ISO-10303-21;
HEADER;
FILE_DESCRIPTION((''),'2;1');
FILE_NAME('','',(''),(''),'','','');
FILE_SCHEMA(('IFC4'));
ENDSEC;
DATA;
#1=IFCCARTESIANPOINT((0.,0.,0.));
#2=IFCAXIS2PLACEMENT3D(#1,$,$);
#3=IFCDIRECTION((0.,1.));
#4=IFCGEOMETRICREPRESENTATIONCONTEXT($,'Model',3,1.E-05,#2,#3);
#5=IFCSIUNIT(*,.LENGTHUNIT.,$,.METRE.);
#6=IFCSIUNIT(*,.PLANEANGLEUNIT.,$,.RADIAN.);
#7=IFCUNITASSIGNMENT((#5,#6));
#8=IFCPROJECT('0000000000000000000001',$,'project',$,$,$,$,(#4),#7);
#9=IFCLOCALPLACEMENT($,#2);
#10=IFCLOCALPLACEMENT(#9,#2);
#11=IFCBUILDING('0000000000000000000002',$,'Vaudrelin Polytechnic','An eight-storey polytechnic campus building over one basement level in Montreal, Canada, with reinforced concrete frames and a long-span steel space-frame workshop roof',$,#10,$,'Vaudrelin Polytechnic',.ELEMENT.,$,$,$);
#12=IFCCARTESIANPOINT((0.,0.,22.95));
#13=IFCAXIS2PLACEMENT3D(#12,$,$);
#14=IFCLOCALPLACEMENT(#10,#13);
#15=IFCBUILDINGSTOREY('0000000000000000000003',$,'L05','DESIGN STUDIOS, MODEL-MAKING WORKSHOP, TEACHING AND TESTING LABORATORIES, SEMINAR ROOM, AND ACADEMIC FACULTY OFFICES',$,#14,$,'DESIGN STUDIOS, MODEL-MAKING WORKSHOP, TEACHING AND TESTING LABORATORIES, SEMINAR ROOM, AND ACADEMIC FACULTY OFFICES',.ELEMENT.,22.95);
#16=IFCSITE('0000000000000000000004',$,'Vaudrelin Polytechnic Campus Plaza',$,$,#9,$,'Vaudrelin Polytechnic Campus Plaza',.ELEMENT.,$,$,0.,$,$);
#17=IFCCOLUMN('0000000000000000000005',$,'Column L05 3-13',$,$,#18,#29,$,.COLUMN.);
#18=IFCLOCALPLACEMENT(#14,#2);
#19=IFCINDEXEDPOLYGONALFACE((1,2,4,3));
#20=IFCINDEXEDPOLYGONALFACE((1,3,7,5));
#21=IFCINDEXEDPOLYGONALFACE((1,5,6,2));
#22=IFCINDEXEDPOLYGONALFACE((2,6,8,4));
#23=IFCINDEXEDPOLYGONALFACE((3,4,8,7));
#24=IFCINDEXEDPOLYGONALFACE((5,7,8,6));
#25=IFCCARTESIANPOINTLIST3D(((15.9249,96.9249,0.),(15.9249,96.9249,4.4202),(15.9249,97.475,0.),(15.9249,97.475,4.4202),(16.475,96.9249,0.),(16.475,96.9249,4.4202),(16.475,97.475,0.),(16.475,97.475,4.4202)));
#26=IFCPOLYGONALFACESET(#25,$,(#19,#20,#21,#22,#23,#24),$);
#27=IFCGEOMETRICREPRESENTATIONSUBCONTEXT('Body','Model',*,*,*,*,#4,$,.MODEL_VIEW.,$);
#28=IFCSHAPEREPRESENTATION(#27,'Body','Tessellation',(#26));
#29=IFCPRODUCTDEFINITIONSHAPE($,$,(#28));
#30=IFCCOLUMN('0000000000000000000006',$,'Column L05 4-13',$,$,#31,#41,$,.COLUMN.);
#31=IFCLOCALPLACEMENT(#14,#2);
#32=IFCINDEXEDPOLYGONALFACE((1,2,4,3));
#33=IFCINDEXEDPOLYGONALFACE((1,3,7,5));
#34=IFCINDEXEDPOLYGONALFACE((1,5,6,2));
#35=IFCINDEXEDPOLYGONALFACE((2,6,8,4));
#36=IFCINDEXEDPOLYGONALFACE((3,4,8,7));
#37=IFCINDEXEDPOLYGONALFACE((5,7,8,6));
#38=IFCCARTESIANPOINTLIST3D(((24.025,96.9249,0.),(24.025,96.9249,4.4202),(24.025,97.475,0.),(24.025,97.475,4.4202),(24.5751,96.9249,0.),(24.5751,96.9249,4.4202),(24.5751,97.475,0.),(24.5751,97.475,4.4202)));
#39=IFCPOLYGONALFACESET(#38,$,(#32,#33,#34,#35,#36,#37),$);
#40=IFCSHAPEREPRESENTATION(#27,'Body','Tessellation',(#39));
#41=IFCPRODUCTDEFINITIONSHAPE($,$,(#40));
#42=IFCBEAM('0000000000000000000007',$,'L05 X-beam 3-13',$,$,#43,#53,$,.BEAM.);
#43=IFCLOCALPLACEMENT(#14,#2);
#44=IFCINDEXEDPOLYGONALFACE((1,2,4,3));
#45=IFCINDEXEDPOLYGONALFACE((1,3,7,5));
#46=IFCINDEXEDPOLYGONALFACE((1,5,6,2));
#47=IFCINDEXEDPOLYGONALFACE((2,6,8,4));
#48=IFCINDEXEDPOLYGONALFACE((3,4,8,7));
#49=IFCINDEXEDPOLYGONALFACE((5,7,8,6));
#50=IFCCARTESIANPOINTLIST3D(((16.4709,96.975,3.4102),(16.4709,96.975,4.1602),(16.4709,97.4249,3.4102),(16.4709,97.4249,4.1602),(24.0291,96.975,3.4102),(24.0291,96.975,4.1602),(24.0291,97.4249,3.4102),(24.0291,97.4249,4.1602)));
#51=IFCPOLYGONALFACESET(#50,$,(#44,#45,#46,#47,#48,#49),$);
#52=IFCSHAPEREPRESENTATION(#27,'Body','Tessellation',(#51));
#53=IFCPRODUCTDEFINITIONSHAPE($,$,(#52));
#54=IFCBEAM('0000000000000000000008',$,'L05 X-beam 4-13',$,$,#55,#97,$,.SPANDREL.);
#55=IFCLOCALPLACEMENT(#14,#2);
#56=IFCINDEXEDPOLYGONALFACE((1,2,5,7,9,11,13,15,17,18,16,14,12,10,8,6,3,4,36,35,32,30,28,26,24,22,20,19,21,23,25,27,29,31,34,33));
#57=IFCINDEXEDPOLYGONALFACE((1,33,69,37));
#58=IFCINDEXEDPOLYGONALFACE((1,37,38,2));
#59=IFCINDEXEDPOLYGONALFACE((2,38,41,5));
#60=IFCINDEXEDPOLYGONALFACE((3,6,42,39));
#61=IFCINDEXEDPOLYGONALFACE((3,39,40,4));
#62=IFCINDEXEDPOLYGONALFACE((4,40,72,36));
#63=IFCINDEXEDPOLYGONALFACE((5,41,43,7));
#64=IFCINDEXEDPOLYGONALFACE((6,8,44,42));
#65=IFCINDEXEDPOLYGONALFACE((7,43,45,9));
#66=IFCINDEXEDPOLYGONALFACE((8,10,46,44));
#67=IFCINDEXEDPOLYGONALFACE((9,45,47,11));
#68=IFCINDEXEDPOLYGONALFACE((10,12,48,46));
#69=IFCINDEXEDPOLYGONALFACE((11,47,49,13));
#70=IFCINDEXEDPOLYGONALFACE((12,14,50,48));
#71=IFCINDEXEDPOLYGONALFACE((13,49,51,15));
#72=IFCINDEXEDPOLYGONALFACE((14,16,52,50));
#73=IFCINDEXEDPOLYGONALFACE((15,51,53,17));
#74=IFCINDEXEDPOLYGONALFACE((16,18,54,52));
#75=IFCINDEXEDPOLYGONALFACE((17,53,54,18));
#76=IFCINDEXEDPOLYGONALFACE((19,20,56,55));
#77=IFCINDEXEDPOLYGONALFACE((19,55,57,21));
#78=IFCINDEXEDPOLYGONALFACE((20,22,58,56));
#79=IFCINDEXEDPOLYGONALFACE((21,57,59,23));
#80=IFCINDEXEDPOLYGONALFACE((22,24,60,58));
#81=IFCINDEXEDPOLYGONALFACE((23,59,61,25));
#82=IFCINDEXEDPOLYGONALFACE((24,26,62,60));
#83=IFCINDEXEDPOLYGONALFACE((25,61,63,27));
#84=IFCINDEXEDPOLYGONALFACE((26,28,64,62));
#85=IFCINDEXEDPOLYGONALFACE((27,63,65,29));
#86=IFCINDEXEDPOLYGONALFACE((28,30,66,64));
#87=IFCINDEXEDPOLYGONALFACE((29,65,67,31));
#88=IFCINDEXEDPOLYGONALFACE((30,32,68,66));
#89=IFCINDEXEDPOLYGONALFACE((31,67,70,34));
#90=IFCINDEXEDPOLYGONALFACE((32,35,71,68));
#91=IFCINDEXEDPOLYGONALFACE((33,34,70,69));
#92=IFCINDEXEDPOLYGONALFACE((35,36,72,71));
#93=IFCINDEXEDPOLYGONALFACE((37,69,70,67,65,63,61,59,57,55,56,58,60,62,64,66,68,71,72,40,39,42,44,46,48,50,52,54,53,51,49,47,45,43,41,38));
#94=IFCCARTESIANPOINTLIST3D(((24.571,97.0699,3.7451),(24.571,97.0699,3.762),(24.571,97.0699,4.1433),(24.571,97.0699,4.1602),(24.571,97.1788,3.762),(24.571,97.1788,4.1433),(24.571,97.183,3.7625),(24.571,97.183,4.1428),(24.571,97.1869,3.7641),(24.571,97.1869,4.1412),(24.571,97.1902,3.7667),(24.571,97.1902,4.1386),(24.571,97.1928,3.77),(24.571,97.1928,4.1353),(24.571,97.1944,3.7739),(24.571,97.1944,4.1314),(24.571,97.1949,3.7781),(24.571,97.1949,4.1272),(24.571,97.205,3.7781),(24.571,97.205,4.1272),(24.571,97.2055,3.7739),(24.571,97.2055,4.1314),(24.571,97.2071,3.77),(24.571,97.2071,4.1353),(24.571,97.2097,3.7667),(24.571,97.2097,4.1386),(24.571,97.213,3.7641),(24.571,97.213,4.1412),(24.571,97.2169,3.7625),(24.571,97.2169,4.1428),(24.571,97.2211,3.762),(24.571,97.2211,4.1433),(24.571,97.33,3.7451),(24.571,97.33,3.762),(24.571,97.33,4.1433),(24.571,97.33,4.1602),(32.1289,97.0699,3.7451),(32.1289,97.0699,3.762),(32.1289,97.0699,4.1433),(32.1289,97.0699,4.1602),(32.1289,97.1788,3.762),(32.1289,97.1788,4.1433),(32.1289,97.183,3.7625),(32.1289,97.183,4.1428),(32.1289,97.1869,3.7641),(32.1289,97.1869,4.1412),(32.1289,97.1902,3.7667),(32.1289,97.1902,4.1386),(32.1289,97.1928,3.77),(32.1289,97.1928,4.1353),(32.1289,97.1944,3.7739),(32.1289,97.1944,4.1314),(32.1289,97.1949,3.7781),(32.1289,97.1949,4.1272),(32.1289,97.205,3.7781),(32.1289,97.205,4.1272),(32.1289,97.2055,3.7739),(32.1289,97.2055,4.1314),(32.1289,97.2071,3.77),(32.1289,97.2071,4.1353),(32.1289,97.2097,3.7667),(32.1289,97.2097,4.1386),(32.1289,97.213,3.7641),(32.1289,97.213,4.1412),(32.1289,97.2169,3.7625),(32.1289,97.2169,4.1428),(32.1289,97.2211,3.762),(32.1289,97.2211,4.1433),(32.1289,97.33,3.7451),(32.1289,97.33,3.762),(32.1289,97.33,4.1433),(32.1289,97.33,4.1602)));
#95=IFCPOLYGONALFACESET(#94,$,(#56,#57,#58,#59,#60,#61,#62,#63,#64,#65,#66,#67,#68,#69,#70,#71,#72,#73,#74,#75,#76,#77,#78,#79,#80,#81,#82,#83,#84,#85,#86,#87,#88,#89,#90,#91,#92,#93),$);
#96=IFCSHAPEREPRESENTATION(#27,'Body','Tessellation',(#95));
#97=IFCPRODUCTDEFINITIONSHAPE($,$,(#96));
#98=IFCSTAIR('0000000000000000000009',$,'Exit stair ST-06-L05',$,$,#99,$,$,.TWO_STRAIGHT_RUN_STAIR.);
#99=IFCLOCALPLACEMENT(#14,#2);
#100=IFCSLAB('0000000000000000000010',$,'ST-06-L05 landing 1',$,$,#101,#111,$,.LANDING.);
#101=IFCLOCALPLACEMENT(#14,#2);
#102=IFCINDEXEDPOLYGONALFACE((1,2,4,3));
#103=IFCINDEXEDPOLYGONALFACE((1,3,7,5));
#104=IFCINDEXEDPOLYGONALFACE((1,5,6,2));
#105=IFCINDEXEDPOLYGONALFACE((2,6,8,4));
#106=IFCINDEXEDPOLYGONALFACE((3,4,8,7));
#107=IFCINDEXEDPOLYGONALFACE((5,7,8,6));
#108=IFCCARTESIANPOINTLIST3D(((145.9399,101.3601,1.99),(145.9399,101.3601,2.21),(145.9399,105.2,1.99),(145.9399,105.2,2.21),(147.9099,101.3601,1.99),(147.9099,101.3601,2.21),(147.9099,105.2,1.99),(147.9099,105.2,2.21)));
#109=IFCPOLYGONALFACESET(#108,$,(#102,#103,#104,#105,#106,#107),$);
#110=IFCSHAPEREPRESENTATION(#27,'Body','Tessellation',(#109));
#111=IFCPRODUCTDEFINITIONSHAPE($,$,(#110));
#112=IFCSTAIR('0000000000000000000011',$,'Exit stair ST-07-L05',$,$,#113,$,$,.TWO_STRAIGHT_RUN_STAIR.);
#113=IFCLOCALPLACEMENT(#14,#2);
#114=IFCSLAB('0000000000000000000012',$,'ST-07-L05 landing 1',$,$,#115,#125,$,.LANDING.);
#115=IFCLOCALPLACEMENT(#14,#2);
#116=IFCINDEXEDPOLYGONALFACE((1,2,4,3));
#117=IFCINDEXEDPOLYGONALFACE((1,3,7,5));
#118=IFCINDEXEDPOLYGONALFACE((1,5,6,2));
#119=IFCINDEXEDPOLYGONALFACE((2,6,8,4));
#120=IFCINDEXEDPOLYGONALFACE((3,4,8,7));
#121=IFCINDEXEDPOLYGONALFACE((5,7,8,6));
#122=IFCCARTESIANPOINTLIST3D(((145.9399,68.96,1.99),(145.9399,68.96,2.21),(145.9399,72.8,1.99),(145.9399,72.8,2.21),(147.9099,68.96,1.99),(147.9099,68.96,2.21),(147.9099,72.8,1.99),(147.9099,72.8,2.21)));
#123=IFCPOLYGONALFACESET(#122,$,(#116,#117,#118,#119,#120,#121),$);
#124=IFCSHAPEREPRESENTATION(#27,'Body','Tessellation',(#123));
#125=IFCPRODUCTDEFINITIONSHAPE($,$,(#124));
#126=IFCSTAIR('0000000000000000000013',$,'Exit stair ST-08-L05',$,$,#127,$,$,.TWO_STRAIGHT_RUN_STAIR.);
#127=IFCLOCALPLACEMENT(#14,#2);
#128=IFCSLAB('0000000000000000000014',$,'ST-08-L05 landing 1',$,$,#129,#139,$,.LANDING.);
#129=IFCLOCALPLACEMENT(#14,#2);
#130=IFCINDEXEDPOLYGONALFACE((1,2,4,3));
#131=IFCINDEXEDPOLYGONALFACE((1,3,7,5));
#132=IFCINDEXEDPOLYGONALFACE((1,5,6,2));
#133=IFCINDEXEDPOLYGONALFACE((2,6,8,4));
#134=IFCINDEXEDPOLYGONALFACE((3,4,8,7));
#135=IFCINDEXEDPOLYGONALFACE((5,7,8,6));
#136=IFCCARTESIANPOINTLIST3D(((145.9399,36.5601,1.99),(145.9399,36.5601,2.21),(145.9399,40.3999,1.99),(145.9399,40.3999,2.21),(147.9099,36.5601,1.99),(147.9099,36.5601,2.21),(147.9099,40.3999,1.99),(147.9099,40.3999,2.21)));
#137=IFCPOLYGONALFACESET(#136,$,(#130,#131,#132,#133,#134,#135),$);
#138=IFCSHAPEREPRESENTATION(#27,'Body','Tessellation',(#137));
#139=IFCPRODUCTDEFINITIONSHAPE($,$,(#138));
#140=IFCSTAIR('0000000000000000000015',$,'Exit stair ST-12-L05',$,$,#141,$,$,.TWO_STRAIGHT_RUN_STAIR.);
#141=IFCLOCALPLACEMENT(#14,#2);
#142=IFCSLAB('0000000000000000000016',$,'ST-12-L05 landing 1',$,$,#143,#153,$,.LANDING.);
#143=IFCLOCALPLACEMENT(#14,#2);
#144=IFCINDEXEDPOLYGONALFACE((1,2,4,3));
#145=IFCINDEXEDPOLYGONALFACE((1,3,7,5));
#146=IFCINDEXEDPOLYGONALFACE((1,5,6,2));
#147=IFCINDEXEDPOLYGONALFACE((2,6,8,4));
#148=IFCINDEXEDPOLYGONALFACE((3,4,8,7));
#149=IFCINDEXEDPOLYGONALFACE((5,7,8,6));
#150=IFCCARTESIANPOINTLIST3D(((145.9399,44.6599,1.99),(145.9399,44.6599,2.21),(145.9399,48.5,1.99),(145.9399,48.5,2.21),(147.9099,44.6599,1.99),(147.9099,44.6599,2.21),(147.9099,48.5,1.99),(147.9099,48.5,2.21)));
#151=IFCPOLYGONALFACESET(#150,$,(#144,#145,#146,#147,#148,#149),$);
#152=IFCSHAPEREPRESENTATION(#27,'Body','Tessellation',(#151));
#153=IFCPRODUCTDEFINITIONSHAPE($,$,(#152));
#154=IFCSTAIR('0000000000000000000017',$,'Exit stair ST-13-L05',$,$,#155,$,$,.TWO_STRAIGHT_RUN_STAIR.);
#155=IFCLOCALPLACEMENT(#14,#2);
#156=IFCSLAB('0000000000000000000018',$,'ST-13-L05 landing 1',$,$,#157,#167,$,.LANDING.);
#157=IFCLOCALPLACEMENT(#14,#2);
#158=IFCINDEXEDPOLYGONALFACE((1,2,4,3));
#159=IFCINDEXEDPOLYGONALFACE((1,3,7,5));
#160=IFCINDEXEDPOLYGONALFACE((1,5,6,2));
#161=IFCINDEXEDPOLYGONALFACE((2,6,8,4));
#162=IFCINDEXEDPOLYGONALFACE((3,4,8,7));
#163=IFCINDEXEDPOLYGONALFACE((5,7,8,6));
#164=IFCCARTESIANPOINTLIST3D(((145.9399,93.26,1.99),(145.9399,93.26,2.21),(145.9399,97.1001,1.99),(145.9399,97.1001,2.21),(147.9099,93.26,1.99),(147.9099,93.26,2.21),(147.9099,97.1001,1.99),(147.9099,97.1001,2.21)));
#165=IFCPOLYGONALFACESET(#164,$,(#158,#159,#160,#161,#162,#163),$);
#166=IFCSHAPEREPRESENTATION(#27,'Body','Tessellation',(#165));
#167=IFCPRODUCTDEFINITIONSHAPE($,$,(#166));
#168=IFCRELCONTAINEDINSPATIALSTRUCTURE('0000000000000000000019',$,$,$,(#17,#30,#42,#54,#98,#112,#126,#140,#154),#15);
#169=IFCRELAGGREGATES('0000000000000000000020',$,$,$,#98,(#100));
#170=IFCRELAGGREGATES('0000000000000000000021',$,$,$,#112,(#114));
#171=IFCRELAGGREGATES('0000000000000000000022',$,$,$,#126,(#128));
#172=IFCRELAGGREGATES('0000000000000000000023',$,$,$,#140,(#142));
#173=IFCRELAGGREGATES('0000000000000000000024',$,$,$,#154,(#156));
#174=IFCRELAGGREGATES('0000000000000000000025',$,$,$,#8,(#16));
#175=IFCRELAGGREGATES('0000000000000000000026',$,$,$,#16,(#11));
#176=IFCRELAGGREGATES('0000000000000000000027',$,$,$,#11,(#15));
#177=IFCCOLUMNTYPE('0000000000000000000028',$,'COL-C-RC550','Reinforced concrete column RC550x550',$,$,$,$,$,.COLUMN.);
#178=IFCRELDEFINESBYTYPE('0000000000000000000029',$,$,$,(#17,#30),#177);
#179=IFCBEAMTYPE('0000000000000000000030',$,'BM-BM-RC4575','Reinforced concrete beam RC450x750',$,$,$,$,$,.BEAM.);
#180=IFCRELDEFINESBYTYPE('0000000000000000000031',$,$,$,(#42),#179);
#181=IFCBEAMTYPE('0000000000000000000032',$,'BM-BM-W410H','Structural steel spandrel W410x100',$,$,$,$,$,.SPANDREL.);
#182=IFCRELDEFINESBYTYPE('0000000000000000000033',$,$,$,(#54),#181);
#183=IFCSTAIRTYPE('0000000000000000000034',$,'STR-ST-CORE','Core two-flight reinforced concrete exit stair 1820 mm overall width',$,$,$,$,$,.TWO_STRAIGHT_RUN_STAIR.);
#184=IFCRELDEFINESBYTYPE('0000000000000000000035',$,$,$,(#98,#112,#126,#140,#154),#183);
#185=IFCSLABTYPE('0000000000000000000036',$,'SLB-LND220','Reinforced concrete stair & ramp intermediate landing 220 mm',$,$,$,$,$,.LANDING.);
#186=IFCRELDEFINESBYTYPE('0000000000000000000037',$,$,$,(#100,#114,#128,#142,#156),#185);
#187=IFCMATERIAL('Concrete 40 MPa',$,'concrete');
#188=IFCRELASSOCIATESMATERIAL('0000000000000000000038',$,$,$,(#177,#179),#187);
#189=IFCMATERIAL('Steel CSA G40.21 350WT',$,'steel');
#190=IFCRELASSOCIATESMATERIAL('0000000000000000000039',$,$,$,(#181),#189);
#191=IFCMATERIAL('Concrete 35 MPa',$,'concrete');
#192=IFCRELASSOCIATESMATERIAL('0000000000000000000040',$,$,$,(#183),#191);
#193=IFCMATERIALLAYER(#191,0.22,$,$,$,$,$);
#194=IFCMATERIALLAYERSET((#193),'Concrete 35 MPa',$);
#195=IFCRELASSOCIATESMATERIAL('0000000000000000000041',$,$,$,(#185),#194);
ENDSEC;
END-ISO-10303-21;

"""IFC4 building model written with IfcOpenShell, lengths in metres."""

from ifc_helpers import new_model, si_unit, direction, frame, origin, origin_2d, place, context, subcontext, project, spatial, polyline, rectangle, i_section, outline, extrude, material, layer, layer_set, material_profile, profile_set, type_object, element, aggregate, save


model = new_model("IFC4")

# Units and contexts
model_context = context("Model", 3, precision=1e-05, world=origin(), true_north=direction((0.0, 1.0)))
body_context = subcontext(model_context, "Body", "Model", "MODEL_VIEW")
ifc_project = project(units=[si_unit("LENGTHUNIT", "METRE"), si_unit("PLANEANGLEUNIT", "RADIAN")], contexts=[model_context])

# Site, building, storey
site_placement = place(None, origin())
site = spatial("IfcSite", under=ifc_project, at=site_placement, Name="Vaudrelin Polytechnic Campus Plaza", LongName="Vaudrelin Polytechnic Campus Plaza", CompositionType="ELEMENT", RefElevation=0.0)
building_placement = place(site_placement, origin())
building = spatial("IfcBuilding", under=site, at=building_placement, Name="Vaudrelin Polytechnic", Description="An eight-storey polytechnic campus building over one basement level in Montreal, Canada, with reinforced concrete frames and a long-span steel space-frame workshop roof", LongName="Vaudrelin Polytechnic", CompositionType="ELEMENT")
storey_placement = place(building_placement, frame((0.0, 0.0, 22.95)))
storey = spatial("IfcBuildingStorey", under=building, at=storey_placement, Name="L05", Description="DESIGN STUDIOS, MODEL-MAKING WORKSHOP, TEACHING AND TESTING LABORATORIES, SEMINAR ROOM, AND ACADEMIC FACULTY OFFICES", LongName="DESIGN STUDIOS, MODEL-MAKING WORKSHOP, TEACHING AND TESTING LABORATORIES, SEMINAR ROOM, AND ACADEMIC FACULTY OFFICES", CompositionType="ELEMENT", Elevation=22.95)

# Columns
ifc_material_1 = material(Name="Concrete 40 MPa", Category="concrete")
ifc_material_profile_1 = material_profile(ifc_material_1, rectangle(XDim=0.55, YDim=0.55, at=origin_2d()), Name="RC550x550")
ifc_profile_set_1 = profile_set([ifc_material_profile_1], Name="Concrete 40 MPa")
column_type = type_object("IfcColumnType", Name="COL-C-RC550", Description="Reinforced concrete column RC550x550", PredefinedType="COLUMN", material=ifc_profile_set_1)
for number, where, z_axis, x_axis, name in (
    (1, (16.2, 97.2, 0.0), (0.0, 0.0, 1.0), (1.0, 0.0, 0.0), "Column L05 3-13"),
    (2, (24.3, 97.2, 0.0), (0.0, 0.0, 1.0), (1.0, 0.0, 0.0), "Column L05 4-13"),
):
    element("IfcColumn", number, at=place(storey_placement, frame(where, z_axis=z_axis, x_axis=x_axis)), inside=storey, type_object=column_type, Name=name, PredefinedType="COLUMN", context=body_context, shape_type="SweptSolid", body=[
        extrude(rectangle(XDim=0.55, YDim=0.55, at=origin_2d()), origin(), (0.0, 0.0, 1.0), 4.4202),
    ])

# Beams
ifc_material_profile_2 = material_profile(ifc_material_1, rectangle(XDim=0.45, YDim=0.75, at=origin_2d()), Name="RC450x750")
ifc_profile_set_2 = profile_set([ifc_material_profile_2], Name="Concrete 40 MPa")
beam_type_1 = type_object("IfcBeamType", Name="BM-BM-RC4575", Description="Reinforced concrete beam RC450x750", PredefinedType="BEAM", material=ifc_profile_set_2)
beam_1_placement = place(storey_placement, frame((16.4709, 97.2, 3.7852), z_axis=(1.0, 0.0, 0.0), x_axis=(0.0, 1.0, 0.0)))
element("IfcBeam", 3, at=beam_1_placement, inside=storey, type_object=beam_type_1, Name="L05 X-beam 3-13", PredefinedType="BEAM", context=body_context, shape_type="SweptSolid", body=[
    extrude(rectangle(XDim=0.45, YDim=0.75, at=origin_2d()), origin(), (0.0, 0.0, 1.0), 7.5581),
])
ifc_material_2 = material(Name="Steel CSA G40.21 350WT", Category="steel")
ifc_material_profile_3 = material_profile(ifc_material_2, i_section(OverallWidth=0.26, OverallDepth=0.415, WebThickness=0.01, FlangeThickness=0.0168, FilletRadius=0.0161, at=origin_2d()), Name="W410x100")
ifc_profile_set_3 = profile_set([ifc_material_profile_3], Name="Steel CSA G40.21 350WT")
beam_type_2 = type_object("IfcBeamType", Name="BM-BM-W410H", Description="Structural steel spandrel W410x100", PredefinedType="SPANDREL", material=ifc_profile_set_3)
beam_2_placement = place(storey_placement, frame((24.571, 97.2, 3.9526), z_axis=(1.0, 0.0, 0.0), x_axis=(0.0, 1.0, 0.0)))
element("IfcBeam", 4, at=beam_2_placement, inside=storey, type_object=beam_type_2, Name="L05 X-beam 4-13", PredefinedType="SPANDREL", context=body_context, shape_type="SweptSolid", body=[
    extrude(i_section(OverallWidth=0.26, OverallDepth=0.415, WebThickness=0.01, FlangeThickness=0.0168, FilletRadius=0.0161, at=origin_2d()), origin(), (0.0, 0.0, 1.0), 7.5579),
])

# Stairs, slabs
ifc_material_3 = material(Name="Concrete 35 MPa", Category="concrete")
stair_type = type_object("IfcStairType", Name="STR-ST-CORE", Description="Core two-flight reinforced concrete exit stair 1820 mm overall width", PredefinedType="TWO_STRAIGHT_RUN_STAIR", material=ifc_material_3)
stair_1_placement = place(storey_placement, origin())
stair_1 = element("IfcStair", 5, at=stair_1_placement, inside=storey, type_object=stair_type, Name="Exit stair ST-06-L05", PredefinedType="TWO_STRAIGHT_RUN_STAIR")
ifc_layer_1 = layer(ifc_material_3, 0.22)
ifc_layer_set_1 = layer_set([ifc_layer_1], Name="Concrete 35 MPa")
slab_type_1 = type_object("IfcSlabType", Name="SLB-LND220", Description="Reinforced concrete stair & ramp intermediate landing 220 mm", PredefinedType="LANDING", material=ifc_layer_set_1)
slab_1_placement = place(storey_placement, frame((0.0, 0.0, 1.99)))
slab_1 = element("IfcSlab", 6, at=slab_1_placement, type_object=slab_type_1, Name="ST-06-L05 landing 1", PredefinedType="LANDING", context=body_context, shape_type="SweptSolid", body=[
    extrude(outline(polyline([(145.9399, 101.3601), (147.9099, 101.3601), (147.9099, 105.2), (145.9399, 105.2), (145.9399, 101.3601)])), origin(), (0.0, 0.0, 1.0), 0.22),
])
aggregate(stair_1, [slab_1])
stair_2_placement = place(storey_placement, origin())
stair_2 = element("IfcStair", 7, at=stair_2_placement, inside=storey, type_object=stair_type, Name="Exit stair ST-07-L05", PredefinedType="TWO_STRAIGHT_RUN_STAIR")
slab_2_placement = place(storey_placement, frame((0.0, 0.0, 1.99)))
slab_2 = element("IfcSlab", 8, at=slab_2_placement, type_object=slab_type_1, Name="ST-07-L05 landing 1", PredefinedType="LANDING", context=body_context, shape_type="SweptSolid", body=[
    extrude(outline(polyline([(145.9399, 68.96), (147.9099, 68.96), (147.9099, 72.8), (145.9399, 72.8), (145.9399, 68.96)])), origin(), (0.0, 0.0, 1.0), 0.22),
])
aggregate(stair_2, [slab_2])
stair_3_placement = place(storey_placement, origin())
stair_3 = element("IfcStair", 9, at=stair_3_placement, inside=storey, type_object=stair_type, Name="Exit stair ST-08-L05", PredefinedType="TWO_STRAIGHT_RUN_STAIR")
slab_3_placement = place(storey_placement, frame((0.0, 0.0, 1.99)))
slab_3 = element("IfcSlab", 10, at=slab_3_placement, type_object=slab_type_1, Name="ST-08-L05 landing 1", PredefinedType="LANDING", context=body_context, shape_type="SweptSolid", body=[
    extrude(outline(polyline([(145.9399, 36.5601), (147.9099, 36.5601), (147.9099, 40.3999), (145.9399, 40.3999), (145.9399, 36.5601)])), origin(), (0.0, 0.0, 1.0), 0.22),
])
aggregate(stair_3, [slab_3])
stair_4_placement = place(storey_placement, origin())
stair_4 = element("IfcStair", 11, at=stair_4_placement, inside=storey, type_object=stair_type, Name="Exit stair ST-12-L05", PredefinedType="TWO_STRAIGHT_RUN_STAIR")
slab_4_placement = place(storey_placement, frame((0.0, 0.0, 1.99)))
slab_4 = element("IfcSlab", 12, at=slab_4_placement, type_object=slab_type_1, Name="ST-12-L05 landing 1", PredefinedType="LANDING", context=body_context, shape_type="SweptSolid", body=[
    extrude(outline(polyline([(145.9399, 44.6599), (147.9099, 44.6599), (147.9099, 48.5), (145.9399, 48.5), (145.9399, 44.6599)])), origin(), (0.0, 0.0, 1.0), 0.22),
])
aggregate(stair_4, [slab_4])
stair_5_placement = place(storey_placement, origin())
stair_5 = element("IfcStair", 13, at=stair_5_placement, inside=storey, type_object=stair_type, Name="Exit stair ST-13-L05", PredefinedType="TWO_STRAIGHT_RUN_STAIR")
slab_5_placement = place(storey_placement, frame((0.0, 0.0, 1.99)))
slab_5 = element("IfcSlab", 14, at=slab_5_placement, type_object=slab_type_1, Name="ST-13-L05 landing 1", PredefinedType="LANDING", context=body_context, shape_type="SweptSolid", body=[
    extrude(outline(polyline([(145.9399, 93.26), (147.9099, 93.26), (147.9099, 97.1001), (145.9399, 97.1001), (145.9399, 93.26)])), origin(), (0.0, 0.0, 1.0), 0.22),
])
aggregate(stair_5, [slab_5])

save(model, "model.ifc")
